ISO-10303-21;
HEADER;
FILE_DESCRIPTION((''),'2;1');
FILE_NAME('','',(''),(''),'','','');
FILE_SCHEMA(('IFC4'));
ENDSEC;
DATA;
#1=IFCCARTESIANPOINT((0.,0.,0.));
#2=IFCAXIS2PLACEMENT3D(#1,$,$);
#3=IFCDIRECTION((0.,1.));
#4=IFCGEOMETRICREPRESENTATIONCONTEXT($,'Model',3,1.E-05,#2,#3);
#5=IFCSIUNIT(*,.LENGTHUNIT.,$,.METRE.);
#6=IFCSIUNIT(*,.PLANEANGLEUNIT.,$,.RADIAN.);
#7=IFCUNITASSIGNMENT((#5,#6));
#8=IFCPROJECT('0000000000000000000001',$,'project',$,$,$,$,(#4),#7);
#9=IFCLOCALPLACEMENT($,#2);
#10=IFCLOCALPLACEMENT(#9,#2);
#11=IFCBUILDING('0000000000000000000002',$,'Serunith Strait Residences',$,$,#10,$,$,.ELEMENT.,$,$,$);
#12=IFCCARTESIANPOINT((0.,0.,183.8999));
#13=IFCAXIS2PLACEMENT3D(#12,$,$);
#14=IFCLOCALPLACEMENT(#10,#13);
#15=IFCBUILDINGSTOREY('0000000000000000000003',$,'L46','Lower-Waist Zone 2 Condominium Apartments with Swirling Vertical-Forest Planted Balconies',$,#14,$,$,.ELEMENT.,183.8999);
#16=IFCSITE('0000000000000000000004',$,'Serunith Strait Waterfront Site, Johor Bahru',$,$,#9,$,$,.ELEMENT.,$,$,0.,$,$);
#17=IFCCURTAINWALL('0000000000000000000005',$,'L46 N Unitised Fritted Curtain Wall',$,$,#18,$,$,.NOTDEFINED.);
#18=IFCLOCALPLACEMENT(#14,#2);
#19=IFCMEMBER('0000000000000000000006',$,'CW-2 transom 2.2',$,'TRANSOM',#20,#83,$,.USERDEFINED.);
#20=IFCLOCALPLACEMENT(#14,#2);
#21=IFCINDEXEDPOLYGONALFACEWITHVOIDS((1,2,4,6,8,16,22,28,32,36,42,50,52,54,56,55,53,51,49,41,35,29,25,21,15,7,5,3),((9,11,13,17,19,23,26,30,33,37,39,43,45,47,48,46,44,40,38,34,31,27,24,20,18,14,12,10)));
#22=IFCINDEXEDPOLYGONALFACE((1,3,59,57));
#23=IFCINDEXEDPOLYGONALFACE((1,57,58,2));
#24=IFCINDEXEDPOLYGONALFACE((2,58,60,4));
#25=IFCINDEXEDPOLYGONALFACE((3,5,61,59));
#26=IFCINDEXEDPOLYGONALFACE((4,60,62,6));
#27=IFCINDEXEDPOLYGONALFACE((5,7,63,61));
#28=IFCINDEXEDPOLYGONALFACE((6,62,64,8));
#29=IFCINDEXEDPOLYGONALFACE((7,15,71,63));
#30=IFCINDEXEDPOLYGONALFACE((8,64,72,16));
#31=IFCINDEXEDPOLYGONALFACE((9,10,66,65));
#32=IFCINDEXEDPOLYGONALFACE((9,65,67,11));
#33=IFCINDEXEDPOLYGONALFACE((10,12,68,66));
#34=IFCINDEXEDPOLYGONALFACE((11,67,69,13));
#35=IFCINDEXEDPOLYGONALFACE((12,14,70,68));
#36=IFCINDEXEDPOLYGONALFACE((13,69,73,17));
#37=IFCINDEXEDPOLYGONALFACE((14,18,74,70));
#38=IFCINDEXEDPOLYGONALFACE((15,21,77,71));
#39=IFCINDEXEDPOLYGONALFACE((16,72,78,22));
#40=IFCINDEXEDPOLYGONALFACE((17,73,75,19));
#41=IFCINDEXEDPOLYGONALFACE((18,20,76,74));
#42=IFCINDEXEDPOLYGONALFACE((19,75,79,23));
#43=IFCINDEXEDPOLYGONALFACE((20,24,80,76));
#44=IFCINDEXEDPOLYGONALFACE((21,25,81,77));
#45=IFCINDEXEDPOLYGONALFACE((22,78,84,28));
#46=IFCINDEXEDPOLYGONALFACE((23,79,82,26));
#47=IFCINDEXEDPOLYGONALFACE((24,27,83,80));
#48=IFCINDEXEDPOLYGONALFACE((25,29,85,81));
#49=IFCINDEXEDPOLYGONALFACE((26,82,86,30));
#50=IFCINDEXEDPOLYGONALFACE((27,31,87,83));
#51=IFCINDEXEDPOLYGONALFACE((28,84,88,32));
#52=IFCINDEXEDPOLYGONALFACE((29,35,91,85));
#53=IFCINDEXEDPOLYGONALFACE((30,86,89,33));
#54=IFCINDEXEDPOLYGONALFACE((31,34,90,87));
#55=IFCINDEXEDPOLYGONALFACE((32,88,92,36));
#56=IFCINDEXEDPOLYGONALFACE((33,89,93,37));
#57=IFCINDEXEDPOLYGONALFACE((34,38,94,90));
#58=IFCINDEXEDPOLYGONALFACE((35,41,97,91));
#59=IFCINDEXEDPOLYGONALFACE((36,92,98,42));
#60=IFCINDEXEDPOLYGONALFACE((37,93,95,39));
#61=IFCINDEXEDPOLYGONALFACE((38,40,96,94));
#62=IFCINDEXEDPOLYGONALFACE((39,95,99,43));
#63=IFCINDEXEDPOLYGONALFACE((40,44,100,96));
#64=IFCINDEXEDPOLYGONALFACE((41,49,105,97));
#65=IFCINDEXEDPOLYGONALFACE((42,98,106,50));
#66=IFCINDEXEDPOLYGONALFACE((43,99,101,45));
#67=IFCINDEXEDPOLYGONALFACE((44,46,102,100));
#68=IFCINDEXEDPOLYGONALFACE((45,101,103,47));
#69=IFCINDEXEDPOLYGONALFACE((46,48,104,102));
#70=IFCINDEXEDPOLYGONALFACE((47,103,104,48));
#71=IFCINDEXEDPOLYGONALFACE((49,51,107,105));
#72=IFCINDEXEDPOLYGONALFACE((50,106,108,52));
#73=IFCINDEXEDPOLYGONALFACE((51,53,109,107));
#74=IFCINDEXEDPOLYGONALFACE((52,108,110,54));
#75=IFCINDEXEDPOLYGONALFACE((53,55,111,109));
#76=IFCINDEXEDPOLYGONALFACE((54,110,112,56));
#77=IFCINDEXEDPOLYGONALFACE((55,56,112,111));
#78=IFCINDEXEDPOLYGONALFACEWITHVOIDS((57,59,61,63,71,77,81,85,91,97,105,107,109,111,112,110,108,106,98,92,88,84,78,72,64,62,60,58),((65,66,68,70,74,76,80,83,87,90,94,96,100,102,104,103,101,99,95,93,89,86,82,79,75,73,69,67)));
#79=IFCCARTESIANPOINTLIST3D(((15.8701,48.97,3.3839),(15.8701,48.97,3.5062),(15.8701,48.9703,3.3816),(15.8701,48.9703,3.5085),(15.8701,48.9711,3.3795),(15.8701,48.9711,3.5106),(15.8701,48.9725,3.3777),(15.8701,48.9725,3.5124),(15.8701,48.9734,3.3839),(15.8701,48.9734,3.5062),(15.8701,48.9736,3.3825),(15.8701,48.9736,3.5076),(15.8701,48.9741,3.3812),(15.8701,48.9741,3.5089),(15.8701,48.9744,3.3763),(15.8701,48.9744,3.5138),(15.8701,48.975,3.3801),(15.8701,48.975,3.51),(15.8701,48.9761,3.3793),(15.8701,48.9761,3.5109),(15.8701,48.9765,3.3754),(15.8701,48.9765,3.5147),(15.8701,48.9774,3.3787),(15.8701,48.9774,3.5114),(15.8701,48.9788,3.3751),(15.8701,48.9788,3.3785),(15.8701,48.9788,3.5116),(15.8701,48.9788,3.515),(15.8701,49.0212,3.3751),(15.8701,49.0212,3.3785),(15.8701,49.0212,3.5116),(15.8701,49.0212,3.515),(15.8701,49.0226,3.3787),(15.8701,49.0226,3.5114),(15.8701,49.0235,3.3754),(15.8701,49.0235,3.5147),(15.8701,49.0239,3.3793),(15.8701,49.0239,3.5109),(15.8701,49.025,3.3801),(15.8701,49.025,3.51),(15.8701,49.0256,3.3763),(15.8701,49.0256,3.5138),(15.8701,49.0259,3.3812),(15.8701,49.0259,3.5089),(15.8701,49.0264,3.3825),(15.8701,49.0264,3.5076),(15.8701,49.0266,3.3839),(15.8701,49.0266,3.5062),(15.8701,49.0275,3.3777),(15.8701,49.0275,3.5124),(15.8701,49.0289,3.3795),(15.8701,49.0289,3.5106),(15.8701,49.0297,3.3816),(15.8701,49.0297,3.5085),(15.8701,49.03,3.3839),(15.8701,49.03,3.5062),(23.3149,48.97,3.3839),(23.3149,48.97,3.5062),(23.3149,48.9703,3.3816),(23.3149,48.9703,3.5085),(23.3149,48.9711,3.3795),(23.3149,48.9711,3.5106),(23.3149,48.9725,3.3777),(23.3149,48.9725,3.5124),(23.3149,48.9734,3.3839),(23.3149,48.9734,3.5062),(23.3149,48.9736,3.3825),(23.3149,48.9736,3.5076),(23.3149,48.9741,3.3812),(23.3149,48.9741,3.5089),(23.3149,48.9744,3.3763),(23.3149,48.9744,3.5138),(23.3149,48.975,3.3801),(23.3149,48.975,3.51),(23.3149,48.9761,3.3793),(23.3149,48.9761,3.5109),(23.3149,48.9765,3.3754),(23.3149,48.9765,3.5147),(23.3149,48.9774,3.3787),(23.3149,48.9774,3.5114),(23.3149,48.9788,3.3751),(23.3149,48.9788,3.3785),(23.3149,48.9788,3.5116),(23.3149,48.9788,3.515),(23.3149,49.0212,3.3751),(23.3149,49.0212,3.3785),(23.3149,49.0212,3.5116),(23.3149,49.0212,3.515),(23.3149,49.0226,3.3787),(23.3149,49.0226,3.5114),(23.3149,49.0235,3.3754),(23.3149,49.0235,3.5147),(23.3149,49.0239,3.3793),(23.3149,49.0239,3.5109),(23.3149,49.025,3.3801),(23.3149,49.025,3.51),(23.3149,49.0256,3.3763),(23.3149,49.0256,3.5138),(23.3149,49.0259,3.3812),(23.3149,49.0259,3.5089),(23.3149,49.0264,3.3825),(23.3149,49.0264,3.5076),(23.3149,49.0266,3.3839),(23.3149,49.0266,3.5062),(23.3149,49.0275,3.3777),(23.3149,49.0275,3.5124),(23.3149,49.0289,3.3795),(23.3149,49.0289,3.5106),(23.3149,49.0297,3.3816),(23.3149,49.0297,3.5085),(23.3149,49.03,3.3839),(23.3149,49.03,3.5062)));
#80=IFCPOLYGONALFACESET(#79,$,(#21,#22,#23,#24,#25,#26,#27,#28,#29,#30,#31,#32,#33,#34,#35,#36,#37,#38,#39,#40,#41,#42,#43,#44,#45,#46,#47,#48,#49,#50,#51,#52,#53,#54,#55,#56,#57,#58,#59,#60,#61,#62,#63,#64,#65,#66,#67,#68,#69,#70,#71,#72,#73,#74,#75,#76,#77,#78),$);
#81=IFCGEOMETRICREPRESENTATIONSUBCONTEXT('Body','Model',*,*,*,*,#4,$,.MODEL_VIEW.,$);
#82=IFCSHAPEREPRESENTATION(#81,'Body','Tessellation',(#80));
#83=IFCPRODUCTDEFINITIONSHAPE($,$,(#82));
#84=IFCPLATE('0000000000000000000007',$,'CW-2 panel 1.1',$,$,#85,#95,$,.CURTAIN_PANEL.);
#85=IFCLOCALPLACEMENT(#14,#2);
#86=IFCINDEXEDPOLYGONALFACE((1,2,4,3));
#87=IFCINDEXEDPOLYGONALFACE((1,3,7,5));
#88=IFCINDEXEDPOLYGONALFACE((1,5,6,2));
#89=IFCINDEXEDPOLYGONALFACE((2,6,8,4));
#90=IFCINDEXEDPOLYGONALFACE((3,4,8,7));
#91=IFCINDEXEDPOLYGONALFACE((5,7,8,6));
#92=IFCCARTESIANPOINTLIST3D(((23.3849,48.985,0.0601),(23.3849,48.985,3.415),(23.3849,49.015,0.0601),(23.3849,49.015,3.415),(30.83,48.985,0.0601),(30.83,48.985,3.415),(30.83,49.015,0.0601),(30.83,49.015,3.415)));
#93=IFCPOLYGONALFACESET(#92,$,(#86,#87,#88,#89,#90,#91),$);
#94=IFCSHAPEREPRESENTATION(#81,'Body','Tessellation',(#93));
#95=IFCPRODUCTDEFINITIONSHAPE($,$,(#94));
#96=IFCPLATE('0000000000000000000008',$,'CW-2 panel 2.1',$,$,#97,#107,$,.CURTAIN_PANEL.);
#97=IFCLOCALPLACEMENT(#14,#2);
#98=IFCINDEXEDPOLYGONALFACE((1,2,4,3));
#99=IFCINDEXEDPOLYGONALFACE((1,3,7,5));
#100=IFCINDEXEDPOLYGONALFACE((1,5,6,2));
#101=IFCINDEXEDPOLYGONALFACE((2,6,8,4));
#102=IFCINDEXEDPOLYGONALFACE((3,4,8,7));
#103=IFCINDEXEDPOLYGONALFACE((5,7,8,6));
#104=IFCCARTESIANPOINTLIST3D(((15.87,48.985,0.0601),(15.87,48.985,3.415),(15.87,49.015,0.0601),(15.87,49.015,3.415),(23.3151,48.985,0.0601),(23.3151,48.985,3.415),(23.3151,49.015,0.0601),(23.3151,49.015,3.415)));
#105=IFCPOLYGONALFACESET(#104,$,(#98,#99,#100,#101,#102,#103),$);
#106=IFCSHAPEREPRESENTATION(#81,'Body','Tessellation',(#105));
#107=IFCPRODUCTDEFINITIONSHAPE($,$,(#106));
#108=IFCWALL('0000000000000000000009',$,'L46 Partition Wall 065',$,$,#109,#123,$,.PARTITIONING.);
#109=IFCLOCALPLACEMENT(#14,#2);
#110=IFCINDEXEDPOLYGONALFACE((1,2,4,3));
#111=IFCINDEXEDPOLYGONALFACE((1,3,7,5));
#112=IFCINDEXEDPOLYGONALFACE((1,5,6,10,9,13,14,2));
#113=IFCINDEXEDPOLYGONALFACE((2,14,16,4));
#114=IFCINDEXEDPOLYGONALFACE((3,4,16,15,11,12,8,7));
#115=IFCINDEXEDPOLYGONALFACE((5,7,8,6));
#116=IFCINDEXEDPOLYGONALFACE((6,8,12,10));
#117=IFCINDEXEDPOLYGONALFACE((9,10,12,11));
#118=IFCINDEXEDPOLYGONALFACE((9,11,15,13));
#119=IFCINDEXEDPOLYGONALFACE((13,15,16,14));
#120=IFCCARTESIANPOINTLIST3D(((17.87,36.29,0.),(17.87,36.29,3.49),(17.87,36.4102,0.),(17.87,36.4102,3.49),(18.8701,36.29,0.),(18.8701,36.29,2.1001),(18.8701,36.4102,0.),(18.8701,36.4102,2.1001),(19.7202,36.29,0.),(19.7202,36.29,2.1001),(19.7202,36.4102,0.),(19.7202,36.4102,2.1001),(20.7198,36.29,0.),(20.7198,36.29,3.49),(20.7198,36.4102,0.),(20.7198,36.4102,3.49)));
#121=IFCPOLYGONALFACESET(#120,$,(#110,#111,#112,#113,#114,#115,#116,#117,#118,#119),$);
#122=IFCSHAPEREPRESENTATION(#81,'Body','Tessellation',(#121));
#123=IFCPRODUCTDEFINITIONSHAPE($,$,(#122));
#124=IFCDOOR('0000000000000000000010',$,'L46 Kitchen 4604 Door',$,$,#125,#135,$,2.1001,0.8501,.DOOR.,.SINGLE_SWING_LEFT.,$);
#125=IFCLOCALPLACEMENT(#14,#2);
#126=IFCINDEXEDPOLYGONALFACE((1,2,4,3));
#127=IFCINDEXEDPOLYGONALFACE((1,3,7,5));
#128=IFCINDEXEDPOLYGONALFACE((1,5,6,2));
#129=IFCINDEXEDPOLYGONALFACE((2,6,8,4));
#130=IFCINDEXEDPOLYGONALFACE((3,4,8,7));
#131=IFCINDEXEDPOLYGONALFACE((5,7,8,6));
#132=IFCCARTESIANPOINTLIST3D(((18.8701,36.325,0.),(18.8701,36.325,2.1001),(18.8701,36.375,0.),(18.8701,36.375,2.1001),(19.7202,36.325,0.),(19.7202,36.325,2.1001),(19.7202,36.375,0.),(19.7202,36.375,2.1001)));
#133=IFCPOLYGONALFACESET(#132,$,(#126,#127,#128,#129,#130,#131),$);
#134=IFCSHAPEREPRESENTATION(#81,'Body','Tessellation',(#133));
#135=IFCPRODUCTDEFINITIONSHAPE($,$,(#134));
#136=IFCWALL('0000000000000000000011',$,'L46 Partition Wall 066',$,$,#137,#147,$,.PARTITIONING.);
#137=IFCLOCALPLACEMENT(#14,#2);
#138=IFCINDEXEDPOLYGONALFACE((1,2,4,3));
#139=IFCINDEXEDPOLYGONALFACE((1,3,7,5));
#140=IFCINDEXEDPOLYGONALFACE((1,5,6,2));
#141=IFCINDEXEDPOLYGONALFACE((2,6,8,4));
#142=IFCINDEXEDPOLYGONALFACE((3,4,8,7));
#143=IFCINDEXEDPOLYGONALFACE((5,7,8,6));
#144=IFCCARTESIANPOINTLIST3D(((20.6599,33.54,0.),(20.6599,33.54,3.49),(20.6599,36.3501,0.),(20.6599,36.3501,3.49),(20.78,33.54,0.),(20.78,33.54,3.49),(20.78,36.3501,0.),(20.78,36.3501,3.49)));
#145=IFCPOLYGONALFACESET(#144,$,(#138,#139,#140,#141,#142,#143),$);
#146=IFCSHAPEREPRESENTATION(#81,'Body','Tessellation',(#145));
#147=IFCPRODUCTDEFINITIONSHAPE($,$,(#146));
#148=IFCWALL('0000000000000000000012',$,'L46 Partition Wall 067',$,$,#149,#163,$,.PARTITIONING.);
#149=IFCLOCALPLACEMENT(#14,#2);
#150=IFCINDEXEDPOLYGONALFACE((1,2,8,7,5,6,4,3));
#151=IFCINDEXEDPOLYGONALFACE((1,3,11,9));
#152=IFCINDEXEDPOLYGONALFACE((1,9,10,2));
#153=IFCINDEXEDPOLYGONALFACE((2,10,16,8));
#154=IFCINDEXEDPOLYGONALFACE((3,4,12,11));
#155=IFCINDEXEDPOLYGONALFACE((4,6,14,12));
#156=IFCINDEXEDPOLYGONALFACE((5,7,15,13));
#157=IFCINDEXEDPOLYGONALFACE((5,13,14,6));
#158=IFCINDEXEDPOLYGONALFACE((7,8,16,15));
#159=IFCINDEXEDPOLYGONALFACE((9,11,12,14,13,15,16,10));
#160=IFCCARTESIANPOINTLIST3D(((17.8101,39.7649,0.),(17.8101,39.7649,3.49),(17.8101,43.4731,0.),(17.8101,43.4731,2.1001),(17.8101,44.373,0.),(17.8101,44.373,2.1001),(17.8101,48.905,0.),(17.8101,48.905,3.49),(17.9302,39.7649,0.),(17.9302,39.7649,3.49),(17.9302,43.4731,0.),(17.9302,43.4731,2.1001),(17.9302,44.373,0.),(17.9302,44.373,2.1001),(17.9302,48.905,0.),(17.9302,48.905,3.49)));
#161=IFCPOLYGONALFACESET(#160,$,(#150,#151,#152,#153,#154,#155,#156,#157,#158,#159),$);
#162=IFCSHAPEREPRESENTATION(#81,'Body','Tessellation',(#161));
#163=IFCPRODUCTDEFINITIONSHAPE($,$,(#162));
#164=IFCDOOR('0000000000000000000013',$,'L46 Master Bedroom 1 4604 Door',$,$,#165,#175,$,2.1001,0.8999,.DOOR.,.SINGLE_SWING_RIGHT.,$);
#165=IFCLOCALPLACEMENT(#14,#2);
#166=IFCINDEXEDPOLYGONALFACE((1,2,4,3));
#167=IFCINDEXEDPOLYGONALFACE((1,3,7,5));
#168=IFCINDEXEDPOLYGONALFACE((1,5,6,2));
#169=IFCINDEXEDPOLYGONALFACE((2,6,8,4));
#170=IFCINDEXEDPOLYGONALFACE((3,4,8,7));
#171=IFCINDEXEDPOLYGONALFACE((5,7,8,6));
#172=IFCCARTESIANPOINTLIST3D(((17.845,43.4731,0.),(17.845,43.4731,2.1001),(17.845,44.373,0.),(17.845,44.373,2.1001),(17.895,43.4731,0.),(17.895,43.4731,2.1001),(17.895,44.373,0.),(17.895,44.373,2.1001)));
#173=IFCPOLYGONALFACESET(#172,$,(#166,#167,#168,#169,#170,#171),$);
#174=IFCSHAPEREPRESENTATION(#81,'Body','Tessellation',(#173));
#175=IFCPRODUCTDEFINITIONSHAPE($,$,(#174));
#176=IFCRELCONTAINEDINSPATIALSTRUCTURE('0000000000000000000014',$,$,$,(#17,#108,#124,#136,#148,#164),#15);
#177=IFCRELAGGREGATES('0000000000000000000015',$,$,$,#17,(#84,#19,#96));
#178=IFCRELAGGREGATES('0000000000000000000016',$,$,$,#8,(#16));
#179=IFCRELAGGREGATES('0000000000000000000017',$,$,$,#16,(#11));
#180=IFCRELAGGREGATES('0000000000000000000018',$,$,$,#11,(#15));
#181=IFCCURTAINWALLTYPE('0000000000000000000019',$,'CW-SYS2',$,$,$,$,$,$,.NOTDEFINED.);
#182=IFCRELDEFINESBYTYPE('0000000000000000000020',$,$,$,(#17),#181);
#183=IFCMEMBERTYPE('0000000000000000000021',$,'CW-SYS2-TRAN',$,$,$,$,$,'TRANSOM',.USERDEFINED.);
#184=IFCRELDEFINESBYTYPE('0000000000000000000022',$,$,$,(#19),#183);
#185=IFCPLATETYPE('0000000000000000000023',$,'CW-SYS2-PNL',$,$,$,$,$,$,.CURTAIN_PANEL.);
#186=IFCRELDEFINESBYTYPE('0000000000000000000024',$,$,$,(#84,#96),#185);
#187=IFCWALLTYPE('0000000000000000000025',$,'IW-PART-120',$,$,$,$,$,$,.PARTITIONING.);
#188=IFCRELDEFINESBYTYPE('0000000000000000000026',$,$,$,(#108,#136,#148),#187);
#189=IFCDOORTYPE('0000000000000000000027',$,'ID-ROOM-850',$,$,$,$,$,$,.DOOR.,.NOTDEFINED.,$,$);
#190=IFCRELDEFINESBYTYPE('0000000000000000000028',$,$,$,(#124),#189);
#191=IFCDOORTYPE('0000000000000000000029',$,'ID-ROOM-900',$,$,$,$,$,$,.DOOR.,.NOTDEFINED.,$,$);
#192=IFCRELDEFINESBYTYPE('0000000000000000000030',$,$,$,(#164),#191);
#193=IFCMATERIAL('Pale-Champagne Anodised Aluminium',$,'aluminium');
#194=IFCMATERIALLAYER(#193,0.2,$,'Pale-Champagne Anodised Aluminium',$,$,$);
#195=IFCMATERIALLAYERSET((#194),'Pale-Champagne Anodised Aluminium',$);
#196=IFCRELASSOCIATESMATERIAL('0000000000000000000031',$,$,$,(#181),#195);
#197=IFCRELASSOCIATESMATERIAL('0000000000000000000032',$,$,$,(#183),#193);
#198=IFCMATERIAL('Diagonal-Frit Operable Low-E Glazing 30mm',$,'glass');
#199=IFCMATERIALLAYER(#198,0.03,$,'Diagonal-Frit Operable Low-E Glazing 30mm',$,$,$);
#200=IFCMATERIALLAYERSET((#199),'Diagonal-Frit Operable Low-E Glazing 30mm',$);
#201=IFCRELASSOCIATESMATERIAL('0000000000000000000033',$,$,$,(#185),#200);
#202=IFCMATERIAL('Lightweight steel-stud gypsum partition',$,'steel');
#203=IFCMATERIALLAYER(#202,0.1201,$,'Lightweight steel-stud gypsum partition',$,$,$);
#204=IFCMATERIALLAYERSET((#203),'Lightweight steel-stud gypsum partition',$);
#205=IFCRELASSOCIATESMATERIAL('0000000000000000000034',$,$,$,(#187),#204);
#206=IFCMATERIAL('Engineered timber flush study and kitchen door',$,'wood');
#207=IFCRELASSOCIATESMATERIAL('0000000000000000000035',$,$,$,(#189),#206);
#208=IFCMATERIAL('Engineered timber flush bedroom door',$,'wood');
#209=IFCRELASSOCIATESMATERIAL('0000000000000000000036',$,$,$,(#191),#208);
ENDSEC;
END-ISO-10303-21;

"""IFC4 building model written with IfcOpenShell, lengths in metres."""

from ifc_helpers import new_model, si_unit, direction, frame, frame_2d, origin, origin_2d, place, context, subcontext, project, spatial, rectangle, hollow_rectangle, extrude, source, transform, mapped, material, layer, layer_set, material_profile, profile_set, type_object, element, fill, aggregate, save


model = new_model("IFC4")

# Units and contexts
model_context = context("Model", 3, precision=1e-05, world=origin(), true_north=direction((0.0, 1.0)))
body_context = subcontext(model_context, "Body", "Model", "MODEL_VIEW")
ifc_project = project(units=[si_unit("LENGTHUNIT", "METRE"), si_unit("PLANEANGLEUNIT", "RADIAN")], contexts=[model_context])

# Site, building, storey
site_placement = place(None, origin())
site = spatial("IfcSite", under=ifc_project, at=site_placement, Name="Serunith Strait Waterfront Site, Johor Bahru", CompositionType="ELEMENT", RefElevation=0.0)
building_placement = place(site_placement, origin())
building = spatial("IfcBuilding", under=site, at=building_placement, Name="Serunith Strait Residences", CompositionType="ELEMENT")
storey_placement = place(building_placement, frame((0.0, 0.0, 183.8999)))
storey = spatial("IfcBuildingStorey", under=building, at=storey_placement, Name="L46", Description="Lower-Waist Zone 2 Condominium Apartments with Swirling Vertical-Forest Planted Balconies", CompositionType="ELEMENT", Elevation=183.8999)

# Curtain wall, member, plates
ifc_material_1 = material(Name="Pale-Champagne Anodised Aluminium", Category="aluminium")
ifc_layer_1 = layer(ifc_material_1, 0.2, Name="Pale-Champagne Anodised Aluminium")
ifc_layer_set_1 = layer_set([ifc_layer_1], Name="Pale-Champagne Anodised Aluminium")
curtain_wall_type = type_object("IfcCurtainWallType", Name="CW-SYS2", PredefinedType="NOTDEFINED", material=ifc_layer_set_1)
curtain_wall_placement = place(storey_placement, origin())
curtain_wall = element("IfcCurtainWall", 1, at=curtain_wall_placement, inside=storey, type_object=curtain_wall_type, Name="L46 N Unitised Fritted Curtain Wall", PredefinedType="NOTDEFINED")
ifc_material_profile_1 = material_profile(ifc_material_1, hollow_rectangle(XDim=0.0601, YDim=0.1399, WallThickness=0.0034, InnerFilletRadius=0.0054, OuterFilletRadius=0.0088, at=origin_2d()), Name="ALU 140x60x3.5")
ifc_profile_set_1 = profile_set([ifc_material_profile_1], Name="Pale-Champagne Anodised Aluminium")
member_type_1 = type_object("IfcMemberType", Name="CW-SYS2-TRAN", ElementType="TRANSOM", PredefinedType="USERDEFINED", material=ifc_profile_set_1)
shared_shape_1 = source(origin(), body_context, "Body", "SweptSolid", [
    extrude(hollow_rectangle(XDim=0.0601, YDim=0.1399, WallThickness=0.0034, InnerFilletRadius=0.0054, OuterFilletRadius=0.0088, at=origin_2d()), origin(), (0.0, 0.0, 1.0), 7.4448),
])
member_1_placement = place(storey_placement, frame((23.3149, 49.0, 3.4451), z_axis=(-1.0, 0.0, 0.0), x_axis=(0.0, -1.0, 0.0)))
member_1 = element("IfcMember", 2, at=member_1_placement, type_object=member_type_1, Name="CW-2 transom 2.2", ObjectType="TRANSOM", PredefinedType="USERDEFINED", context=body_context, shape_type="MappedRepresentation", body=[
    mapped(shared_shape_1, transform((0.0, 0.0, 0.0), scale=1.0)),
])
ifc_material_2 = material(Name="Diagonal-Frit Operable Low-E Glazing 30mm", Category="glass")
ifc_layer_2 = layer(ifc_material_2, 0.03, Name="Diagonal-Frit Operable Low-E Glazing 30mm")
ifc_layer_set_2 = layer_set([ifc_layer_2], Name="Diagonal-Frit Operable Low-E Glazing 30mm")
plate_type = type_object("IfcPlateType", Name="CW-SYS2-PNL", PredefinedType="CURTAIN_PANEL", material=ifc_layer_set_2)
shared_shape_2 = source(origin(), body_context, "Body", "SweptSolid", [
    extrude(rectangle(XDim=7.4451, YDim=0.03, at=origin_2d()), origin(), (0.0, 0.0, 1.0), 3.355),
])
plate_1_placement = place(storey_placement, frame((27.1074, 49.0, 0.0601), z_axis=(0.0, 0.0, 1.0), x_axis=(-1.0, 0.0, 0.0)))
plate_1 = element("IfcPlate", 3, at=plate_1_placement, type_object=plate_type, Name="CW-2 panel 1.1", PredefinedType="CURTAIN_PANEL", context=body_context, shape_type="MappedRepresentation", body=[
    mapped(shared_shape_2, transform((0.0, 0.0, 0.0), scale=1.0)),
])
plate_2_placement = place(storey_placement, frame((19.5925, 49.0, 0.0601), z_axis=(0.0, 0.0, 1.0), x_axis=(-1.0, 0.0, 0.0)))
plate_2 = element("IfcPlate", 4, at=plate_2_placement, type_object=plate_type, Name="CW-2 panel 2.1", PredefinedType="CURTAIN_PANEL", context=body_context, shape_type="MappedRepresentation", body=[
    mapped(shared_shape_2, transform((0.0, 0.0, 0.0), scale=1.0)),
])
aggregate(curtain_wall, [plate_1, member_1, plate_2])

# Wall, opening, door
ifc_material_3 = material(Name="Lightweight steel-stud gypsum partition", Category="steel")
ifc_layer_3 = layer(ifc_material_3, 0.1201, Name="Lightweight steel-stud gypsum partition")
ifc_layer_set_3 = layer_set([ifc_layer_3], Name="Lightweight steel-stud gypsum partition")
wall_type = type_object("IfcWallType", Name="IW-PART-120", PredefinedType="PARTITIONING", material=ifc_layer_set_3)
wall_1_placement = place(storey_placement, frame((17.8701, 36.3501, 0.0), z_axis=(0.0, 0.0, 1.0), x_axis=(1.0, 0.0, 0.0)))
wall_1 = element("IfcWall", 5, at=wall_1_placement, inside=storey, type_object=wall_type, Name="L46 Partition Wall 065", PredefinedType="PARTITIONING", context=body_context, shape_type="SweptSolid", body=[
    extrude(rectangle(XDim=2.8499, YDim=0.1201, at=frame_2d((1.4248, 0.0))), origin(), (0.0, 0.0, 1.0), 3.49),
])
opening_1_placement = place(wall_1_placement, frame((1.0, 0.0, 0.0)))
opening_1 = element("IfcOpeningElement", 6, at=opening_1_placement, cuts=wall_1, PredefinedType="OPENING", context=body_context, shape_type="SweptSolid", body=[
    extrude(rectangle(XDim=0.8501, YDim=2.1001, at=frame_2d((0.425, 1.05))), frame((0.0, 0.0701, 0.0), z_axis=(0.0, -1.0, 0.0), x_axis=(1.0, 0.0, 0.0)), (0.0, 0.0, 1.0), 0.1401),
])
ifc_material_4 = material(Name="Engineered timber flush study and kitchen door", Category="wood")
door_type_1 = type_object("IfcDoorType", Name="ID-ROOM-850", OperationType="NOTDEFINED", PredefinedType="DOOR", material=ifc_material_4)
shared_shape_3 = source(origin(), body_context, "Body", "SweptSolid", [
    extrude(rectangle(XDim=0.8501, YDim=2.1001, at=frame_2d((0.425, 1.05))), frame((0.0, 0.0249, 0.0), z_axis=(0.0, -1.0, 0.0), x_axis=(1.0, 0.0, 0.0)), (0.0, 0.0, 1.0), 0.05),
])
door_1_placement = place(opening_1_placement, origin())
door_1 = element("IfcDoor", 7, at=door_1_placement, inside=storey, type_object=door_type_1, Name="L46 Kitchen 4604 Door", OperationType="SINGLE_SWING_LEFT", OverallHeight=2.1001, OverallWidth=0.8501, PredefinedType="DOOR", context=body_context, shape_type="MappedRepresentation", body=[
    mapped(shared_shape_3, transform((0.0, 0.0, 0.0), scale=1.0)),
])
fill(opening_1, door_1)

# Wall
wall_2_placement = place(storey_placement, frame((20.72, 36.3501, 0.0), z_axis=(0.0, 0.0, 1.0), x_axis=(0.0, -1.0, 0.0)))
element("IfcWall", 8, at=wall_2_placement, inside=storey, type_object=wall_type, Name="L46 Partition Wall 066", PredefinedType="PARTITIONING", context=body_context, shape_type="SweptSolid", body=[
    extrude(rectangle(XDim=2.8101, YDim=0.1201, at=frame_2d((1.405, 0.0))), origin(), (0.0, 0.0, 1.0), 3.49),
])

# Wall, opening, door
wall_3_placement = place(storey_placement, frame((17.8701, 48.905, 0.0), z_axis=(0.0, 0.0, 1.0), x_axis=(0.0, -1.0, 0.0)))
wall_3 = element("IfcWall", 9, at=wall_3_placement, inside=storey, type_object=wall_type, Name="L46 Partition Wall 067", PredefinedType="PARTITIONING", context=body_context, shape_type="SweptSolid", body=[
    extrude(rectangle(XDim=9.1401, YDim=0.1201, at=frame_2d((4.5701, 0.0))), origin(), (0.0, 0.0, 1.0), 3.49),
])
opening_2_placement = place(wall_3_placement, frame((4.532, 0.0, 0.0)))
opening_2 = element("IfcOpeningElement", 10, at=opening_2_placement, cuts=wall_3, PredefinedType="OPENING", context=body_context, shape_type="SweptSolid", body=[
    extrude(rectangle(XDim=0.8999, YDim=2.1001, at=frame_2d((0.45, 1.05))), frame((0.0, 0.0701, 0.0), z_axis=(0.0, -1.0, 0.0), x_axis=(1.0, 0.0, 0.0)), (0.0, 0.0, 1.0), 0.1401),
])
ifc_material_5 = material(Name="Engineered timber flush bedroom door", Category="wood")
door_type_2 = type_object("IfcDoorType", Name="ID-ROOM-900", OperationType="NOTDEFINED", PredefinedType="DOOR", material=ifc_material_5)
shared_shape_4 = source(origin(), body_context, "Body", "SweptSolid", [
    extrude(rectangle(XDim=0.8999, YDim=2.1001, at=frame_2d((0.45, 1.05))), frame((0.0, 0.0249, 0.0), z_axis=(0.0, -1.0, 0.0), x_axis=(1.0, 0.0, 0.0)), (0.0, 0.0, 1.0), 0.05),
])
door_2_placement = place(opening_2_placement, origin())
door_2 = element("IfcDoor", 11, at=door_2_placement, inside=storey, type_object=door_type_2, Name="L46 Master Bedroom 1 4604 Door", OperationType="SINGLE_SWING_RIGHT", OverallHeight=2.1001, OverallWidth=0.8999, PredefinedType="DOOR", context=body_context, shape_type="MappedRepresentation", body=[
    mapped(shared_shape_4, transform((0.0, 0.0, 0.0), scale=1.0)),
])
fill(opening_2, door_2)

save(model, "model.ifc")
